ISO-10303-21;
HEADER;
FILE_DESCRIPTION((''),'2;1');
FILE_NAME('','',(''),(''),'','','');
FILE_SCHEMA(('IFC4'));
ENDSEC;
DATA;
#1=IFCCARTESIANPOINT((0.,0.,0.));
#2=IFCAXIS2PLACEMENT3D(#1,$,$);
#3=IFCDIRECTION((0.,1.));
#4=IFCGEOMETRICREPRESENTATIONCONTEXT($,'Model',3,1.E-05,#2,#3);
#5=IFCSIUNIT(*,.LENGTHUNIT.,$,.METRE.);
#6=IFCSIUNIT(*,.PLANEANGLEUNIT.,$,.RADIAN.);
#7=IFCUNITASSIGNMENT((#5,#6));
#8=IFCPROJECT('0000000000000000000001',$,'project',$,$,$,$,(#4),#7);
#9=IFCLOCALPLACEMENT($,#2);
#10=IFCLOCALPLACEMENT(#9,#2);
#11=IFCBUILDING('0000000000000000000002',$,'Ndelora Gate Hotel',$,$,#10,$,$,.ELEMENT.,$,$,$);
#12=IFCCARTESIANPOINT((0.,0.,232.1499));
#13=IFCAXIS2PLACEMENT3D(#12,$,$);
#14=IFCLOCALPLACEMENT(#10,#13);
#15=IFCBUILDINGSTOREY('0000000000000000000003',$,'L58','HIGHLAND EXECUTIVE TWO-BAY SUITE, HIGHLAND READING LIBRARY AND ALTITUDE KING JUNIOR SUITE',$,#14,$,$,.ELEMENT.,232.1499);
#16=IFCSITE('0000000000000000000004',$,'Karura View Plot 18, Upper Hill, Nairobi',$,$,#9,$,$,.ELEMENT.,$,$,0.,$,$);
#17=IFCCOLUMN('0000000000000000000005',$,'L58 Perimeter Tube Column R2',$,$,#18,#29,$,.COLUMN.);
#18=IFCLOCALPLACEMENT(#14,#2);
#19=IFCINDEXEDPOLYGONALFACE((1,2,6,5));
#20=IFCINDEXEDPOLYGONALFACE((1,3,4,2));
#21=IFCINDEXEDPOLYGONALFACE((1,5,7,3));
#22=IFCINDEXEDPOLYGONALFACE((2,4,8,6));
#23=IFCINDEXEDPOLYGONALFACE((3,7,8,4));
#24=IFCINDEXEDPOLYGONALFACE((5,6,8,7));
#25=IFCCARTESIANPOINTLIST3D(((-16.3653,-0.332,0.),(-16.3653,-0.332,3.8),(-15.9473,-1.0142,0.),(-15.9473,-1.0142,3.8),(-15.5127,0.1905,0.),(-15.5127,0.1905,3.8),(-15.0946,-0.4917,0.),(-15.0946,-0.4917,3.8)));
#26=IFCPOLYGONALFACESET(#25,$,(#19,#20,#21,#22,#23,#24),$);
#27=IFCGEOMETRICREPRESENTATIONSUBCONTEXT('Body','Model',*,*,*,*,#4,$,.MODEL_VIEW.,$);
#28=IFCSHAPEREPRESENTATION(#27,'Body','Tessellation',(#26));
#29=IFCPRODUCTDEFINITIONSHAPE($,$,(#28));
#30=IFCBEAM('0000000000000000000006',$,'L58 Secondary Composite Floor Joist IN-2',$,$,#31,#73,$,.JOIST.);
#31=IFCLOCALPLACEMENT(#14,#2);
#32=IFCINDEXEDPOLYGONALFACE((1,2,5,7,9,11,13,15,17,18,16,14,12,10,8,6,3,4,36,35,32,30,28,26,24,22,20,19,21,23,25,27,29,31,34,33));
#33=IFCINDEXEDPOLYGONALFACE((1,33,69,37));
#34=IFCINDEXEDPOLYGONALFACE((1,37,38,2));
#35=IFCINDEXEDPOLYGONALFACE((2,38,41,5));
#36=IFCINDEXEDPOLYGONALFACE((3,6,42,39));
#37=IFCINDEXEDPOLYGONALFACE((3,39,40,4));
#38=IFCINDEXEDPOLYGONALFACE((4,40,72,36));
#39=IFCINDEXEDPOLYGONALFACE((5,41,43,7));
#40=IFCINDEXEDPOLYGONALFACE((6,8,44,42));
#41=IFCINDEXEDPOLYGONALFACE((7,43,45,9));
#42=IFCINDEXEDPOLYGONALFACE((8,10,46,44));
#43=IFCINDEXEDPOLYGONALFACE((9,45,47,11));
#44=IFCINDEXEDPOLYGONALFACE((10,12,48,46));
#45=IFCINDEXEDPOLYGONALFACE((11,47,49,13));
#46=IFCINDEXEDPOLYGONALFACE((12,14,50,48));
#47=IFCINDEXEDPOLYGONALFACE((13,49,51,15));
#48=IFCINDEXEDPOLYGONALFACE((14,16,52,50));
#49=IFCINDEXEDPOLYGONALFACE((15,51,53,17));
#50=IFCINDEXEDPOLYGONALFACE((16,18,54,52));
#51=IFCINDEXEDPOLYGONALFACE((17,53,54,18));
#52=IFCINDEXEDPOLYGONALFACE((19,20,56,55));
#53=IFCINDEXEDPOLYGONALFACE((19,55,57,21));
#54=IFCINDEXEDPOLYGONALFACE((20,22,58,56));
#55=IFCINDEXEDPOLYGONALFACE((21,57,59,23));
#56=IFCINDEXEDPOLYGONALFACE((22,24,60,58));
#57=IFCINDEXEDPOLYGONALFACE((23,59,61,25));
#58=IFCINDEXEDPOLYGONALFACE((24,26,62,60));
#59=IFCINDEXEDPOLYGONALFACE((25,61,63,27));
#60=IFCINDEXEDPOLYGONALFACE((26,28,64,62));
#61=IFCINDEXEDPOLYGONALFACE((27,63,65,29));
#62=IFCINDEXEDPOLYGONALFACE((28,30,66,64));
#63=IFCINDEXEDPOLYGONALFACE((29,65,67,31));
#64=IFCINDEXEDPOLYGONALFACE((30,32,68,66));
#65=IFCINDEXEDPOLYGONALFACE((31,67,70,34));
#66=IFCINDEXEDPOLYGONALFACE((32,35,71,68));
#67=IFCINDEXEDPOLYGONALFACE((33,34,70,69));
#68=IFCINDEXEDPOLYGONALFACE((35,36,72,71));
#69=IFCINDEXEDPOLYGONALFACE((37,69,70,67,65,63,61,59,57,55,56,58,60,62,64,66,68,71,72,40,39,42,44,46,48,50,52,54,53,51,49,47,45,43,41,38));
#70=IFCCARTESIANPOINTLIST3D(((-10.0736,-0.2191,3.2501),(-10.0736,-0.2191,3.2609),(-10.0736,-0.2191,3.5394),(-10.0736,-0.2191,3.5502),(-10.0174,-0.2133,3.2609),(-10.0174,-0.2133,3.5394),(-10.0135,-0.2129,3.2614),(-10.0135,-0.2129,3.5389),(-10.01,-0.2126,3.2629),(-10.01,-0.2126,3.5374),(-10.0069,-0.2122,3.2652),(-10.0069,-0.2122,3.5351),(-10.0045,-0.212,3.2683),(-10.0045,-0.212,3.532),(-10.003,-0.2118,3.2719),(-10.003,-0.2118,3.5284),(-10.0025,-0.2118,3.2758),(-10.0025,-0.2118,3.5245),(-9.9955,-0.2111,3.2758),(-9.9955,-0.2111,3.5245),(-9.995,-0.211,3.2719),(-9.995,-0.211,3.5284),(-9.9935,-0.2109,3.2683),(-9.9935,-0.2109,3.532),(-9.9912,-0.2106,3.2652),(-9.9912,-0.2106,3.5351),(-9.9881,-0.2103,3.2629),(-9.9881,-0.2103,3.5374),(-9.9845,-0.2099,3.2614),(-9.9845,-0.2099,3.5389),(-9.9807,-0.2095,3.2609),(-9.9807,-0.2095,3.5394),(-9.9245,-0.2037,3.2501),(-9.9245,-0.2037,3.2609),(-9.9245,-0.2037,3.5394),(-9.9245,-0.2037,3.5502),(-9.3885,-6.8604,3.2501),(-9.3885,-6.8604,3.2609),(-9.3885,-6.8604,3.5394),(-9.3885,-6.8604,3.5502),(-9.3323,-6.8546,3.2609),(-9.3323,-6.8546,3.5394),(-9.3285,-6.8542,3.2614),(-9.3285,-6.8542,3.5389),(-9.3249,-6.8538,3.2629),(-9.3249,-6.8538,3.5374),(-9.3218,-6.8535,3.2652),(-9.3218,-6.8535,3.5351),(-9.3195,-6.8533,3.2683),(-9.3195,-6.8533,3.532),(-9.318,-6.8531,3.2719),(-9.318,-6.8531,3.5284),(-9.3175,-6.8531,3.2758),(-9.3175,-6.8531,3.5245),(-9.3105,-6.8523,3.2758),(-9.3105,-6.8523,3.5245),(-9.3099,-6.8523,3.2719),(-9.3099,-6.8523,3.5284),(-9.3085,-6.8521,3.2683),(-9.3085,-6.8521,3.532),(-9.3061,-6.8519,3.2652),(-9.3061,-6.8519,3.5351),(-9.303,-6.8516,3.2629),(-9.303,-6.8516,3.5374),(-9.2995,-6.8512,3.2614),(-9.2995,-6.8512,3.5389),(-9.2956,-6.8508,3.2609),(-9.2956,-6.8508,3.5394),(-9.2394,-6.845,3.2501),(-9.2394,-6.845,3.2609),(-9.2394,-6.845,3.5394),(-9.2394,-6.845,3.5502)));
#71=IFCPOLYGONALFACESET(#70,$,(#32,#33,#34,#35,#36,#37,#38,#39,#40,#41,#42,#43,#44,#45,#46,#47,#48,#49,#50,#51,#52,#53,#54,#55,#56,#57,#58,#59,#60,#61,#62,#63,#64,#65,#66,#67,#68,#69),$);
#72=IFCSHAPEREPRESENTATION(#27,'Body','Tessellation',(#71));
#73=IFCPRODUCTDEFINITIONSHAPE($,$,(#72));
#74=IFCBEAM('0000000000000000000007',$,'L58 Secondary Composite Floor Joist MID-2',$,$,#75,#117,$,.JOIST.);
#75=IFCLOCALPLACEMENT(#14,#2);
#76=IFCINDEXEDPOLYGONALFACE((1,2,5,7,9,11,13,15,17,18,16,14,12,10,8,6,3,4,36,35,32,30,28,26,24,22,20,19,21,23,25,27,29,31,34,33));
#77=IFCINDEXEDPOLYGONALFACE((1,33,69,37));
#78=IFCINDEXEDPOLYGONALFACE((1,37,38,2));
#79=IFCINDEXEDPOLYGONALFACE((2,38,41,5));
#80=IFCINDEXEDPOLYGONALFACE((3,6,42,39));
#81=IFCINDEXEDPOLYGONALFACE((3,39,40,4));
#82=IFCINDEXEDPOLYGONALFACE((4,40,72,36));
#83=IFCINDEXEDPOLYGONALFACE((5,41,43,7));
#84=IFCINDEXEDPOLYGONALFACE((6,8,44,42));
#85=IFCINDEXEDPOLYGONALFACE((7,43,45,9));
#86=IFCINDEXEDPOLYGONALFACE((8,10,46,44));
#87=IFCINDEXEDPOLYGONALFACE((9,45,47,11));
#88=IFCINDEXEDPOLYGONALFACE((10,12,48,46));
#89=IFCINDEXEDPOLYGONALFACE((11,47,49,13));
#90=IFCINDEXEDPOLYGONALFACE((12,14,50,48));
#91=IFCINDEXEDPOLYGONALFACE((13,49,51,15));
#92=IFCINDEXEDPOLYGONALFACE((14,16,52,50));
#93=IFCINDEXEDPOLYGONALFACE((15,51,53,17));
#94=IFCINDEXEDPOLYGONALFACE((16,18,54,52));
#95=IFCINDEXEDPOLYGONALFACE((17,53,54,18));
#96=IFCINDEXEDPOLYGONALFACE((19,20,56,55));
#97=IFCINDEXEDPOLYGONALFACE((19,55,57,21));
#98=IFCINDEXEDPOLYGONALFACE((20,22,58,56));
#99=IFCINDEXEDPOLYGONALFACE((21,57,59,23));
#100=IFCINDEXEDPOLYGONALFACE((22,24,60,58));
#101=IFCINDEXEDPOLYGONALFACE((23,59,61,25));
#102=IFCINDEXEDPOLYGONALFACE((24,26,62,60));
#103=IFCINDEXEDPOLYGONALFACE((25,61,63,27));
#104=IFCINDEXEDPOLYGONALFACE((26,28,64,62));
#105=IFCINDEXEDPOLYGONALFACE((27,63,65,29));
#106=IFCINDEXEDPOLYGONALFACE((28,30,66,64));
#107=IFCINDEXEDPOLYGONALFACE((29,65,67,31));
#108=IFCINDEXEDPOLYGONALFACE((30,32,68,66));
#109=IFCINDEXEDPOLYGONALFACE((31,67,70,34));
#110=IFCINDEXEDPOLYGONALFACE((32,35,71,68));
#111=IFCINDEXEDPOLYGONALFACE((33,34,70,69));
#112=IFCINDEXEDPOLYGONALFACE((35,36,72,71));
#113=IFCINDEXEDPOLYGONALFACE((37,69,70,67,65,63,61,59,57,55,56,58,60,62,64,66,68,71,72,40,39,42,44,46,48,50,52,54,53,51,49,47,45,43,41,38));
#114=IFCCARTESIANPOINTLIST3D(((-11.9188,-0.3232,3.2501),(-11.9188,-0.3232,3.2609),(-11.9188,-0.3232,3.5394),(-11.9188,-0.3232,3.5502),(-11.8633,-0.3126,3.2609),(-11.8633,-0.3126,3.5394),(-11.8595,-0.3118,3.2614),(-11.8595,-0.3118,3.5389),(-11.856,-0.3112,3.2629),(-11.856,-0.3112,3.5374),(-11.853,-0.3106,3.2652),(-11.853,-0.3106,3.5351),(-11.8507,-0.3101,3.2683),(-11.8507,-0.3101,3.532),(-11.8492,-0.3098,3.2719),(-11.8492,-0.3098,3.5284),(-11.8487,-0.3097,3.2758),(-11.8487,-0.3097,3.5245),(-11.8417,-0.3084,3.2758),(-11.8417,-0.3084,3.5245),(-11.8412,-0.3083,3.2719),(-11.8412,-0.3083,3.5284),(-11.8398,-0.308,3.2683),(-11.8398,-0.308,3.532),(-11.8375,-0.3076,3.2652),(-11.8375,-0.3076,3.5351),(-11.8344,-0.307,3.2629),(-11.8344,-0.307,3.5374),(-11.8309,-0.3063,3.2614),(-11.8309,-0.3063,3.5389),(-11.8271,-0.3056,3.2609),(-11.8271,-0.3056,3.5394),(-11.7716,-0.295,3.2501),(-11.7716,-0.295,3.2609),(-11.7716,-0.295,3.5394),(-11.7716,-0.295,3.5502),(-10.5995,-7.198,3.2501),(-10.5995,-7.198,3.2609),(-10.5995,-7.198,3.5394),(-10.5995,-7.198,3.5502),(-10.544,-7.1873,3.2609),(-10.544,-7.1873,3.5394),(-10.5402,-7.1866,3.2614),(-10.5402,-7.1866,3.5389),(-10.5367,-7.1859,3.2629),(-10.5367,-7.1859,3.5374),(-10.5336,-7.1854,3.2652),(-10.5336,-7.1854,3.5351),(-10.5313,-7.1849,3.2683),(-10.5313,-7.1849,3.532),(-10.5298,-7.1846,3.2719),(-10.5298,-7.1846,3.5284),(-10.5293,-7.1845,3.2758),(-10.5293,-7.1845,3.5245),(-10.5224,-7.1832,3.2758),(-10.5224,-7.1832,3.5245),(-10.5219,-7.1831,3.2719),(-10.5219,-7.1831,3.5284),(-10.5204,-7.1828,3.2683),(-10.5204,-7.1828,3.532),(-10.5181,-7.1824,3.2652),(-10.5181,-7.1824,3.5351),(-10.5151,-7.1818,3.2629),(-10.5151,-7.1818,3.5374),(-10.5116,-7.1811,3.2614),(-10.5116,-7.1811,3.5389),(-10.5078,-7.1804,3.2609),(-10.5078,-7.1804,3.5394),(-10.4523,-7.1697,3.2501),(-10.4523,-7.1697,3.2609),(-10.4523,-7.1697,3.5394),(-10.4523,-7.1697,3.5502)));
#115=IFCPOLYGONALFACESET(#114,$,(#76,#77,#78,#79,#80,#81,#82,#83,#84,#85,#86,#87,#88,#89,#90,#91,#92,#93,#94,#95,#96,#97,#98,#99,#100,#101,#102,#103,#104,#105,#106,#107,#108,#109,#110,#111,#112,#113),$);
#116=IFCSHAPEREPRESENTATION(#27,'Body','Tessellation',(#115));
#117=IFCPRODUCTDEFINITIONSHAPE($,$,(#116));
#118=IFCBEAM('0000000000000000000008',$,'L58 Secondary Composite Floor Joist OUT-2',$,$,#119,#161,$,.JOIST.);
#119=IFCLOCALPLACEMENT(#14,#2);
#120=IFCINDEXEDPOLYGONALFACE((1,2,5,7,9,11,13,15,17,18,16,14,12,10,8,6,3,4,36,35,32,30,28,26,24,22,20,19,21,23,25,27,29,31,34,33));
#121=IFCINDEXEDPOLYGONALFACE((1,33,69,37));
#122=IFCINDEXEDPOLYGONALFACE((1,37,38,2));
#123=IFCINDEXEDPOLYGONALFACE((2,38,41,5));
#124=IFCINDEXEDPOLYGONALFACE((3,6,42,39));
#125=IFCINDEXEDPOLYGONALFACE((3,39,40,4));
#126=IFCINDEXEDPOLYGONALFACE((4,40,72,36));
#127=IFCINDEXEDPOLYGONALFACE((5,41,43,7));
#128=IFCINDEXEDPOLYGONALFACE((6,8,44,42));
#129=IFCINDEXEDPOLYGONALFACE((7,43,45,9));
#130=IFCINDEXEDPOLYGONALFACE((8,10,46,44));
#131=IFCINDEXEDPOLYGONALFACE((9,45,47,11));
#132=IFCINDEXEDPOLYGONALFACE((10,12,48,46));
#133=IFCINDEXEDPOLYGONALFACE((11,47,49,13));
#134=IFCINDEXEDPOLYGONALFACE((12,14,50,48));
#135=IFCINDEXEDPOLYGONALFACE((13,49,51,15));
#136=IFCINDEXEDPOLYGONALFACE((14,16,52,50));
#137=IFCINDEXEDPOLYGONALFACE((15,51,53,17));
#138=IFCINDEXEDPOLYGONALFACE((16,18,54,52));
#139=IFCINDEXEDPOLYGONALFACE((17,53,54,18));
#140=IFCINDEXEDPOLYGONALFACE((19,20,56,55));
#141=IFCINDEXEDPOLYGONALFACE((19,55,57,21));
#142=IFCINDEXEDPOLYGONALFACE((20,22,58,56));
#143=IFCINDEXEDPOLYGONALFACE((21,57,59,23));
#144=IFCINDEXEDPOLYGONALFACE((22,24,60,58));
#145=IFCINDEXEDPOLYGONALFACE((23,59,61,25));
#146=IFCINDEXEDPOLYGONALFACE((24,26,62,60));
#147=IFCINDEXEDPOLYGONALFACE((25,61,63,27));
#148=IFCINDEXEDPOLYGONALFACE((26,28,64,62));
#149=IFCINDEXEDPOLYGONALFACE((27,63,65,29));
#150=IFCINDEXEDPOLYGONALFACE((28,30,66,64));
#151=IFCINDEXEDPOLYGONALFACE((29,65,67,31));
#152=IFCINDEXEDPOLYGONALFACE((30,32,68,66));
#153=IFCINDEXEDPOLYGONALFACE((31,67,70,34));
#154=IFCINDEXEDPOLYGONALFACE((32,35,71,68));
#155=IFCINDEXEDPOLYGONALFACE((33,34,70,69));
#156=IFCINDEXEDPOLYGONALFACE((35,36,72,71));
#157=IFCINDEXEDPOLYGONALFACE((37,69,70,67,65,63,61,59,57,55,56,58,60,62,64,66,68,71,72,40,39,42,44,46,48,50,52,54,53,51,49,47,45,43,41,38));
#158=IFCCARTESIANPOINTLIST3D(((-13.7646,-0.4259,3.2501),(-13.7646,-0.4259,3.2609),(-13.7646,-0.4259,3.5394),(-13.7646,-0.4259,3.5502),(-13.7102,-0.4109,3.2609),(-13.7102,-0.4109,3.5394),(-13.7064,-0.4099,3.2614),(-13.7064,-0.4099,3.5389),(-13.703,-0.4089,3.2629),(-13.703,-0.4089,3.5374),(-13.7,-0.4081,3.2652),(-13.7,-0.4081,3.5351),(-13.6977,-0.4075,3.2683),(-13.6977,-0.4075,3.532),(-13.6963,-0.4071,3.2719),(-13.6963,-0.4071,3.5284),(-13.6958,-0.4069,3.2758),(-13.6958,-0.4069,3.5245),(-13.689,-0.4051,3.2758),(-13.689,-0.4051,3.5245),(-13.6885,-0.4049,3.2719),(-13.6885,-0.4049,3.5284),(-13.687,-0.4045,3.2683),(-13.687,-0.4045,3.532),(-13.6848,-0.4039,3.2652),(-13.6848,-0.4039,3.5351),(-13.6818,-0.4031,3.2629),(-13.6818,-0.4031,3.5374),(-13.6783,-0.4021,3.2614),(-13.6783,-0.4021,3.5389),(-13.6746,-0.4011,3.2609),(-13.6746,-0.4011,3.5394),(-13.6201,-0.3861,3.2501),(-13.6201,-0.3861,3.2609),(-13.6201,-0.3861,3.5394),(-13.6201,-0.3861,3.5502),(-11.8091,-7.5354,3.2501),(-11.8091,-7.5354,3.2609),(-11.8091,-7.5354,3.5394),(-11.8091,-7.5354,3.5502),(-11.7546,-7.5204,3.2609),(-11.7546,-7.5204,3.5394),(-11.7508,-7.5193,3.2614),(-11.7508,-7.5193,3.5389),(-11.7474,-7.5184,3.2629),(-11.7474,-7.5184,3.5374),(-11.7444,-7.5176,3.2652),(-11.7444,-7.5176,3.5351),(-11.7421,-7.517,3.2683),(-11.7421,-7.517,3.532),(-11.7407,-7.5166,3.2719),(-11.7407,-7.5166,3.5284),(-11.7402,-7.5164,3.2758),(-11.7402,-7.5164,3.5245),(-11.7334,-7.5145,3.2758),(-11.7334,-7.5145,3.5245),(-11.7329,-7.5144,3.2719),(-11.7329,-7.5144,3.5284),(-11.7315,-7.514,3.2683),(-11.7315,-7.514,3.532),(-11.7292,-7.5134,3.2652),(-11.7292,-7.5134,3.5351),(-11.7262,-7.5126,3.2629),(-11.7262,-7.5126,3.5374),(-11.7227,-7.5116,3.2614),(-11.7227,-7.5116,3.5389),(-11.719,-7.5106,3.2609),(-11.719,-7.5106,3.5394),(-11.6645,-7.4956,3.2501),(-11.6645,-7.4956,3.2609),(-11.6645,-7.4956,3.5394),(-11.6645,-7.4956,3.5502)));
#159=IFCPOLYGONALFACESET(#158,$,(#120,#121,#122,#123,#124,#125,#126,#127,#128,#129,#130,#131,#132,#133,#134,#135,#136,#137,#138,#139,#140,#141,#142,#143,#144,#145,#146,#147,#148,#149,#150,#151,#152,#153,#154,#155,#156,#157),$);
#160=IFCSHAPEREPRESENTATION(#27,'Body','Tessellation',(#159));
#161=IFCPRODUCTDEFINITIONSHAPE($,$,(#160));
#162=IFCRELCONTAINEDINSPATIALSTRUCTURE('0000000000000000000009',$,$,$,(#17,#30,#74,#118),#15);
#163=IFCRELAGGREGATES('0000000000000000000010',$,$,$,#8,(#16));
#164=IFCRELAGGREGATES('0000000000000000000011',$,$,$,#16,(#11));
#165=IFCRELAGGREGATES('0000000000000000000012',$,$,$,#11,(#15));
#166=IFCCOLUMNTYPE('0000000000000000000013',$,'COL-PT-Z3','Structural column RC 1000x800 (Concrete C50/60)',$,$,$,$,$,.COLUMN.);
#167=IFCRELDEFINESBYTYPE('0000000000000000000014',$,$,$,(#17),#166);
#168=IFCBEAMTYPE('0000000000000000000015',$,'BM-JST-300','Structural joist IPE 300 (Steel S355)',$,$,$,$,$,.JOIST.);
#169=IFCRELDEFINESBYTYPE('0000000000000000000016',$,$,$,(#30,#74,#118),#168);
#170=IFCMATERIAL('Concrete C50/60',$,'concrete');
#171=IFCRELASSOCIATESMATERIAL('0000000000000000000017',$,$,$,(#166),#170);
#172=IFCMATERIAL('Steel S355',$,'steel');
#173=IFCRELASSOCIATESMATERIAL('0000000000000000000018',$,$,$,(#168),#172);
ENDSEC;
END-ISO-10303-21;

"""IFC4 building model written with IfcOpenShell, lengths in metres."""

from ifc_helpers import new_model, si_unit, direction, frame, origin, origin_2d, place, context, subcontext, project, spatial, rectangle, i_section, extrude, material, material_profile, profile_set, type_object, element, save


model = new_model("IFC4")

# Units and contexts
model_context = context("Model", 3, precision=1e-05, world=origin(), true_north=direction((0.0, 1.0)))
body_context = subcontext(model_context, "Body", "Model", "MODEL_VIEW")
ifc_project = project(units=[si_unit("LENGTHUNIT", "METRE"), si_unit("PLANEANGLEUNIT", "RADIAN")], contexts=[model_context])

# Site, building, storey
site_placement = place(None, origin())
site = spatial("IfcSite", under=ifc_project, at=site_placement, Name="Karura View Plot 18, Upper Hill, Nairobi", CompositionType="ELEMENT", RefElevation=0.0)
building_placement = place(site_placement, origin())
building = spatial("IfcBuilding", under=site, at=building_placement, Name="Ndelora Gate Hotel", CompositionType="ELEMENT")
storey_placement = place(building_placement, frame((0.0, 0.0, 232.1499)))
storey = spatial("IfcBuildingStorey", under=building, at=storey_placement, Name="L58", Description="HIGHLAND EXECUTIVE TWO-BAY SUITE, HIGHLAND READING LIBRARY AND ALTITUDE KING JUNIOR SUITE", CompositionType="ELEMENT", Elevation=232.1499)

# Column
ifc_material_1 = material(Name="Concrete C50/60", Category="concrete")
ifc_material_profile_1 = material_profile(ifc_material_1, rectangle(XDim=0.8, YDim=1.0, at=origin_2d()), Name="RC 1000x800")
ifc_profile_set_1 = profile_set([ifc_material_profile_1], Name="Concrete C50/60")
column_type = type_object("IfcColumnType", Name="COL-PT-Z3", Description="Structural column RC 1000x800 (Concrete C50/60)", PredefinedType="COLUMN", material=ifc_profile_set_1)
column_placement = place(storey_placement, frame((-15.73, -0.4119, 0.0), z_axis=(0.0, 0.0, 1.0), x_axis=(-0.522499, 0.85264, 0.0)))
element("IfcColumn", 1, at=column_placement, inside=storey, type_object=column_type, Name="L58 Perimeter Tube Column R2", PredefinedType="COLUMN", context=body_context, shape_type="SweptSolid", body=[
    extrude(rectangle(XDim=0.8, YDim=1.0, at=origin_2d()), origin(), (0.0, 0.0, 1.0), 3.8),
])

# Beams
ifc_material_2 = material(Name="Steel S355", Category="steel")
ifc_material_profile_2 = material_profile(ifc_material_2, i_section(OverallWidth=0.1499, OverallDepth=0.3, WebThickness=0.0071, FlangeThickness=0.0107, FilletRadius=0.0149, at=origin_2d()), Name="IPE 300")
ifc_profile_set_2 = profile_set([ifc_material_profile_2], Name="Steel S355")
beam_type_1 = type_object("IfcBeamType", Name="BM-JST-300", Description="Structural joist IPE 300 (Steel S355)", PredefinedType="JOIST", material=ifc_profile_set_2)
beam_1_placement = place(storey_placement, frame((-9.999, -0.2114, 3.4001), z_axis=(0.102606, -0.994722, 0.0), x_axis=(0.994722, 0.102606, 0.0)))
element("IfcBeam", 2, at=beam_1_placement, inside=storey, type_object=beam_type_1, Name="L58 Secondary Composite Floor Joist IN-2", PredefinedType="JOIST", context=body_context, shape_type="SweptSolid", body=[
    extrude(i_section(OverallWidth=0.1499, OverallDepth=0.3, WebThickness=0.0071, FlangeThickness=0.0107, FilletRadius=0.0149, at=origin_2d()), origin(), (0.0, 0.0, 1.0), 6.6765),
])
beam_2_placement = place(storey_placement, frame((-11.8452, -0.3091, 3.4001), z_axis=(0.188471, -0.982079, 0.0), x_axis=(0.982079, 0.188471, 0.0)))
element("IfcBeam", 3, at=beam_2_placement, inside=storey, type_object=beam_type_1, Name="L58 Secondary Composite Floor Joist MID-2", PredefinedType="JOIST", context=body_context, shape_type="SweptSolid", body=[
    extrude(i_section(OverallWidth=0.1499, OverallDepth=0.3, WebThickness=0.0071, FlangeThickness=0.0107, FilletRadius=0.0149, at=origin_2d()), origin(), (0.0, 0.0, 1.0), 7.0002),
])
beam_3_placement = place(storey_placement, frame((-13.6924, -0.406, 3.4001), z_axis=(0.265218, -0.964188, 0.0), x_axis=(0.964188, 0.265218, 0.0)))
element("IfcBeam", 4, at=beam_3_placement, inside=storey, type_object=beam_type_1, Name="L58 Secondary Composite Floor Joist OUT-2", PredefinedType="JOIST", context=body_context, shape_type="SweptSolid", body=[
    extrude(i_section(OverallWidth=0.1499, OverallDepth=0.3, WebThickness=0.0071, FlangeThickness=0.0107, FilletRadius=0.0149, at=origin_2d()), origin(), (0.0, 0.0, 1.0), 7.3735),
])

save(model, "model.ifc")
